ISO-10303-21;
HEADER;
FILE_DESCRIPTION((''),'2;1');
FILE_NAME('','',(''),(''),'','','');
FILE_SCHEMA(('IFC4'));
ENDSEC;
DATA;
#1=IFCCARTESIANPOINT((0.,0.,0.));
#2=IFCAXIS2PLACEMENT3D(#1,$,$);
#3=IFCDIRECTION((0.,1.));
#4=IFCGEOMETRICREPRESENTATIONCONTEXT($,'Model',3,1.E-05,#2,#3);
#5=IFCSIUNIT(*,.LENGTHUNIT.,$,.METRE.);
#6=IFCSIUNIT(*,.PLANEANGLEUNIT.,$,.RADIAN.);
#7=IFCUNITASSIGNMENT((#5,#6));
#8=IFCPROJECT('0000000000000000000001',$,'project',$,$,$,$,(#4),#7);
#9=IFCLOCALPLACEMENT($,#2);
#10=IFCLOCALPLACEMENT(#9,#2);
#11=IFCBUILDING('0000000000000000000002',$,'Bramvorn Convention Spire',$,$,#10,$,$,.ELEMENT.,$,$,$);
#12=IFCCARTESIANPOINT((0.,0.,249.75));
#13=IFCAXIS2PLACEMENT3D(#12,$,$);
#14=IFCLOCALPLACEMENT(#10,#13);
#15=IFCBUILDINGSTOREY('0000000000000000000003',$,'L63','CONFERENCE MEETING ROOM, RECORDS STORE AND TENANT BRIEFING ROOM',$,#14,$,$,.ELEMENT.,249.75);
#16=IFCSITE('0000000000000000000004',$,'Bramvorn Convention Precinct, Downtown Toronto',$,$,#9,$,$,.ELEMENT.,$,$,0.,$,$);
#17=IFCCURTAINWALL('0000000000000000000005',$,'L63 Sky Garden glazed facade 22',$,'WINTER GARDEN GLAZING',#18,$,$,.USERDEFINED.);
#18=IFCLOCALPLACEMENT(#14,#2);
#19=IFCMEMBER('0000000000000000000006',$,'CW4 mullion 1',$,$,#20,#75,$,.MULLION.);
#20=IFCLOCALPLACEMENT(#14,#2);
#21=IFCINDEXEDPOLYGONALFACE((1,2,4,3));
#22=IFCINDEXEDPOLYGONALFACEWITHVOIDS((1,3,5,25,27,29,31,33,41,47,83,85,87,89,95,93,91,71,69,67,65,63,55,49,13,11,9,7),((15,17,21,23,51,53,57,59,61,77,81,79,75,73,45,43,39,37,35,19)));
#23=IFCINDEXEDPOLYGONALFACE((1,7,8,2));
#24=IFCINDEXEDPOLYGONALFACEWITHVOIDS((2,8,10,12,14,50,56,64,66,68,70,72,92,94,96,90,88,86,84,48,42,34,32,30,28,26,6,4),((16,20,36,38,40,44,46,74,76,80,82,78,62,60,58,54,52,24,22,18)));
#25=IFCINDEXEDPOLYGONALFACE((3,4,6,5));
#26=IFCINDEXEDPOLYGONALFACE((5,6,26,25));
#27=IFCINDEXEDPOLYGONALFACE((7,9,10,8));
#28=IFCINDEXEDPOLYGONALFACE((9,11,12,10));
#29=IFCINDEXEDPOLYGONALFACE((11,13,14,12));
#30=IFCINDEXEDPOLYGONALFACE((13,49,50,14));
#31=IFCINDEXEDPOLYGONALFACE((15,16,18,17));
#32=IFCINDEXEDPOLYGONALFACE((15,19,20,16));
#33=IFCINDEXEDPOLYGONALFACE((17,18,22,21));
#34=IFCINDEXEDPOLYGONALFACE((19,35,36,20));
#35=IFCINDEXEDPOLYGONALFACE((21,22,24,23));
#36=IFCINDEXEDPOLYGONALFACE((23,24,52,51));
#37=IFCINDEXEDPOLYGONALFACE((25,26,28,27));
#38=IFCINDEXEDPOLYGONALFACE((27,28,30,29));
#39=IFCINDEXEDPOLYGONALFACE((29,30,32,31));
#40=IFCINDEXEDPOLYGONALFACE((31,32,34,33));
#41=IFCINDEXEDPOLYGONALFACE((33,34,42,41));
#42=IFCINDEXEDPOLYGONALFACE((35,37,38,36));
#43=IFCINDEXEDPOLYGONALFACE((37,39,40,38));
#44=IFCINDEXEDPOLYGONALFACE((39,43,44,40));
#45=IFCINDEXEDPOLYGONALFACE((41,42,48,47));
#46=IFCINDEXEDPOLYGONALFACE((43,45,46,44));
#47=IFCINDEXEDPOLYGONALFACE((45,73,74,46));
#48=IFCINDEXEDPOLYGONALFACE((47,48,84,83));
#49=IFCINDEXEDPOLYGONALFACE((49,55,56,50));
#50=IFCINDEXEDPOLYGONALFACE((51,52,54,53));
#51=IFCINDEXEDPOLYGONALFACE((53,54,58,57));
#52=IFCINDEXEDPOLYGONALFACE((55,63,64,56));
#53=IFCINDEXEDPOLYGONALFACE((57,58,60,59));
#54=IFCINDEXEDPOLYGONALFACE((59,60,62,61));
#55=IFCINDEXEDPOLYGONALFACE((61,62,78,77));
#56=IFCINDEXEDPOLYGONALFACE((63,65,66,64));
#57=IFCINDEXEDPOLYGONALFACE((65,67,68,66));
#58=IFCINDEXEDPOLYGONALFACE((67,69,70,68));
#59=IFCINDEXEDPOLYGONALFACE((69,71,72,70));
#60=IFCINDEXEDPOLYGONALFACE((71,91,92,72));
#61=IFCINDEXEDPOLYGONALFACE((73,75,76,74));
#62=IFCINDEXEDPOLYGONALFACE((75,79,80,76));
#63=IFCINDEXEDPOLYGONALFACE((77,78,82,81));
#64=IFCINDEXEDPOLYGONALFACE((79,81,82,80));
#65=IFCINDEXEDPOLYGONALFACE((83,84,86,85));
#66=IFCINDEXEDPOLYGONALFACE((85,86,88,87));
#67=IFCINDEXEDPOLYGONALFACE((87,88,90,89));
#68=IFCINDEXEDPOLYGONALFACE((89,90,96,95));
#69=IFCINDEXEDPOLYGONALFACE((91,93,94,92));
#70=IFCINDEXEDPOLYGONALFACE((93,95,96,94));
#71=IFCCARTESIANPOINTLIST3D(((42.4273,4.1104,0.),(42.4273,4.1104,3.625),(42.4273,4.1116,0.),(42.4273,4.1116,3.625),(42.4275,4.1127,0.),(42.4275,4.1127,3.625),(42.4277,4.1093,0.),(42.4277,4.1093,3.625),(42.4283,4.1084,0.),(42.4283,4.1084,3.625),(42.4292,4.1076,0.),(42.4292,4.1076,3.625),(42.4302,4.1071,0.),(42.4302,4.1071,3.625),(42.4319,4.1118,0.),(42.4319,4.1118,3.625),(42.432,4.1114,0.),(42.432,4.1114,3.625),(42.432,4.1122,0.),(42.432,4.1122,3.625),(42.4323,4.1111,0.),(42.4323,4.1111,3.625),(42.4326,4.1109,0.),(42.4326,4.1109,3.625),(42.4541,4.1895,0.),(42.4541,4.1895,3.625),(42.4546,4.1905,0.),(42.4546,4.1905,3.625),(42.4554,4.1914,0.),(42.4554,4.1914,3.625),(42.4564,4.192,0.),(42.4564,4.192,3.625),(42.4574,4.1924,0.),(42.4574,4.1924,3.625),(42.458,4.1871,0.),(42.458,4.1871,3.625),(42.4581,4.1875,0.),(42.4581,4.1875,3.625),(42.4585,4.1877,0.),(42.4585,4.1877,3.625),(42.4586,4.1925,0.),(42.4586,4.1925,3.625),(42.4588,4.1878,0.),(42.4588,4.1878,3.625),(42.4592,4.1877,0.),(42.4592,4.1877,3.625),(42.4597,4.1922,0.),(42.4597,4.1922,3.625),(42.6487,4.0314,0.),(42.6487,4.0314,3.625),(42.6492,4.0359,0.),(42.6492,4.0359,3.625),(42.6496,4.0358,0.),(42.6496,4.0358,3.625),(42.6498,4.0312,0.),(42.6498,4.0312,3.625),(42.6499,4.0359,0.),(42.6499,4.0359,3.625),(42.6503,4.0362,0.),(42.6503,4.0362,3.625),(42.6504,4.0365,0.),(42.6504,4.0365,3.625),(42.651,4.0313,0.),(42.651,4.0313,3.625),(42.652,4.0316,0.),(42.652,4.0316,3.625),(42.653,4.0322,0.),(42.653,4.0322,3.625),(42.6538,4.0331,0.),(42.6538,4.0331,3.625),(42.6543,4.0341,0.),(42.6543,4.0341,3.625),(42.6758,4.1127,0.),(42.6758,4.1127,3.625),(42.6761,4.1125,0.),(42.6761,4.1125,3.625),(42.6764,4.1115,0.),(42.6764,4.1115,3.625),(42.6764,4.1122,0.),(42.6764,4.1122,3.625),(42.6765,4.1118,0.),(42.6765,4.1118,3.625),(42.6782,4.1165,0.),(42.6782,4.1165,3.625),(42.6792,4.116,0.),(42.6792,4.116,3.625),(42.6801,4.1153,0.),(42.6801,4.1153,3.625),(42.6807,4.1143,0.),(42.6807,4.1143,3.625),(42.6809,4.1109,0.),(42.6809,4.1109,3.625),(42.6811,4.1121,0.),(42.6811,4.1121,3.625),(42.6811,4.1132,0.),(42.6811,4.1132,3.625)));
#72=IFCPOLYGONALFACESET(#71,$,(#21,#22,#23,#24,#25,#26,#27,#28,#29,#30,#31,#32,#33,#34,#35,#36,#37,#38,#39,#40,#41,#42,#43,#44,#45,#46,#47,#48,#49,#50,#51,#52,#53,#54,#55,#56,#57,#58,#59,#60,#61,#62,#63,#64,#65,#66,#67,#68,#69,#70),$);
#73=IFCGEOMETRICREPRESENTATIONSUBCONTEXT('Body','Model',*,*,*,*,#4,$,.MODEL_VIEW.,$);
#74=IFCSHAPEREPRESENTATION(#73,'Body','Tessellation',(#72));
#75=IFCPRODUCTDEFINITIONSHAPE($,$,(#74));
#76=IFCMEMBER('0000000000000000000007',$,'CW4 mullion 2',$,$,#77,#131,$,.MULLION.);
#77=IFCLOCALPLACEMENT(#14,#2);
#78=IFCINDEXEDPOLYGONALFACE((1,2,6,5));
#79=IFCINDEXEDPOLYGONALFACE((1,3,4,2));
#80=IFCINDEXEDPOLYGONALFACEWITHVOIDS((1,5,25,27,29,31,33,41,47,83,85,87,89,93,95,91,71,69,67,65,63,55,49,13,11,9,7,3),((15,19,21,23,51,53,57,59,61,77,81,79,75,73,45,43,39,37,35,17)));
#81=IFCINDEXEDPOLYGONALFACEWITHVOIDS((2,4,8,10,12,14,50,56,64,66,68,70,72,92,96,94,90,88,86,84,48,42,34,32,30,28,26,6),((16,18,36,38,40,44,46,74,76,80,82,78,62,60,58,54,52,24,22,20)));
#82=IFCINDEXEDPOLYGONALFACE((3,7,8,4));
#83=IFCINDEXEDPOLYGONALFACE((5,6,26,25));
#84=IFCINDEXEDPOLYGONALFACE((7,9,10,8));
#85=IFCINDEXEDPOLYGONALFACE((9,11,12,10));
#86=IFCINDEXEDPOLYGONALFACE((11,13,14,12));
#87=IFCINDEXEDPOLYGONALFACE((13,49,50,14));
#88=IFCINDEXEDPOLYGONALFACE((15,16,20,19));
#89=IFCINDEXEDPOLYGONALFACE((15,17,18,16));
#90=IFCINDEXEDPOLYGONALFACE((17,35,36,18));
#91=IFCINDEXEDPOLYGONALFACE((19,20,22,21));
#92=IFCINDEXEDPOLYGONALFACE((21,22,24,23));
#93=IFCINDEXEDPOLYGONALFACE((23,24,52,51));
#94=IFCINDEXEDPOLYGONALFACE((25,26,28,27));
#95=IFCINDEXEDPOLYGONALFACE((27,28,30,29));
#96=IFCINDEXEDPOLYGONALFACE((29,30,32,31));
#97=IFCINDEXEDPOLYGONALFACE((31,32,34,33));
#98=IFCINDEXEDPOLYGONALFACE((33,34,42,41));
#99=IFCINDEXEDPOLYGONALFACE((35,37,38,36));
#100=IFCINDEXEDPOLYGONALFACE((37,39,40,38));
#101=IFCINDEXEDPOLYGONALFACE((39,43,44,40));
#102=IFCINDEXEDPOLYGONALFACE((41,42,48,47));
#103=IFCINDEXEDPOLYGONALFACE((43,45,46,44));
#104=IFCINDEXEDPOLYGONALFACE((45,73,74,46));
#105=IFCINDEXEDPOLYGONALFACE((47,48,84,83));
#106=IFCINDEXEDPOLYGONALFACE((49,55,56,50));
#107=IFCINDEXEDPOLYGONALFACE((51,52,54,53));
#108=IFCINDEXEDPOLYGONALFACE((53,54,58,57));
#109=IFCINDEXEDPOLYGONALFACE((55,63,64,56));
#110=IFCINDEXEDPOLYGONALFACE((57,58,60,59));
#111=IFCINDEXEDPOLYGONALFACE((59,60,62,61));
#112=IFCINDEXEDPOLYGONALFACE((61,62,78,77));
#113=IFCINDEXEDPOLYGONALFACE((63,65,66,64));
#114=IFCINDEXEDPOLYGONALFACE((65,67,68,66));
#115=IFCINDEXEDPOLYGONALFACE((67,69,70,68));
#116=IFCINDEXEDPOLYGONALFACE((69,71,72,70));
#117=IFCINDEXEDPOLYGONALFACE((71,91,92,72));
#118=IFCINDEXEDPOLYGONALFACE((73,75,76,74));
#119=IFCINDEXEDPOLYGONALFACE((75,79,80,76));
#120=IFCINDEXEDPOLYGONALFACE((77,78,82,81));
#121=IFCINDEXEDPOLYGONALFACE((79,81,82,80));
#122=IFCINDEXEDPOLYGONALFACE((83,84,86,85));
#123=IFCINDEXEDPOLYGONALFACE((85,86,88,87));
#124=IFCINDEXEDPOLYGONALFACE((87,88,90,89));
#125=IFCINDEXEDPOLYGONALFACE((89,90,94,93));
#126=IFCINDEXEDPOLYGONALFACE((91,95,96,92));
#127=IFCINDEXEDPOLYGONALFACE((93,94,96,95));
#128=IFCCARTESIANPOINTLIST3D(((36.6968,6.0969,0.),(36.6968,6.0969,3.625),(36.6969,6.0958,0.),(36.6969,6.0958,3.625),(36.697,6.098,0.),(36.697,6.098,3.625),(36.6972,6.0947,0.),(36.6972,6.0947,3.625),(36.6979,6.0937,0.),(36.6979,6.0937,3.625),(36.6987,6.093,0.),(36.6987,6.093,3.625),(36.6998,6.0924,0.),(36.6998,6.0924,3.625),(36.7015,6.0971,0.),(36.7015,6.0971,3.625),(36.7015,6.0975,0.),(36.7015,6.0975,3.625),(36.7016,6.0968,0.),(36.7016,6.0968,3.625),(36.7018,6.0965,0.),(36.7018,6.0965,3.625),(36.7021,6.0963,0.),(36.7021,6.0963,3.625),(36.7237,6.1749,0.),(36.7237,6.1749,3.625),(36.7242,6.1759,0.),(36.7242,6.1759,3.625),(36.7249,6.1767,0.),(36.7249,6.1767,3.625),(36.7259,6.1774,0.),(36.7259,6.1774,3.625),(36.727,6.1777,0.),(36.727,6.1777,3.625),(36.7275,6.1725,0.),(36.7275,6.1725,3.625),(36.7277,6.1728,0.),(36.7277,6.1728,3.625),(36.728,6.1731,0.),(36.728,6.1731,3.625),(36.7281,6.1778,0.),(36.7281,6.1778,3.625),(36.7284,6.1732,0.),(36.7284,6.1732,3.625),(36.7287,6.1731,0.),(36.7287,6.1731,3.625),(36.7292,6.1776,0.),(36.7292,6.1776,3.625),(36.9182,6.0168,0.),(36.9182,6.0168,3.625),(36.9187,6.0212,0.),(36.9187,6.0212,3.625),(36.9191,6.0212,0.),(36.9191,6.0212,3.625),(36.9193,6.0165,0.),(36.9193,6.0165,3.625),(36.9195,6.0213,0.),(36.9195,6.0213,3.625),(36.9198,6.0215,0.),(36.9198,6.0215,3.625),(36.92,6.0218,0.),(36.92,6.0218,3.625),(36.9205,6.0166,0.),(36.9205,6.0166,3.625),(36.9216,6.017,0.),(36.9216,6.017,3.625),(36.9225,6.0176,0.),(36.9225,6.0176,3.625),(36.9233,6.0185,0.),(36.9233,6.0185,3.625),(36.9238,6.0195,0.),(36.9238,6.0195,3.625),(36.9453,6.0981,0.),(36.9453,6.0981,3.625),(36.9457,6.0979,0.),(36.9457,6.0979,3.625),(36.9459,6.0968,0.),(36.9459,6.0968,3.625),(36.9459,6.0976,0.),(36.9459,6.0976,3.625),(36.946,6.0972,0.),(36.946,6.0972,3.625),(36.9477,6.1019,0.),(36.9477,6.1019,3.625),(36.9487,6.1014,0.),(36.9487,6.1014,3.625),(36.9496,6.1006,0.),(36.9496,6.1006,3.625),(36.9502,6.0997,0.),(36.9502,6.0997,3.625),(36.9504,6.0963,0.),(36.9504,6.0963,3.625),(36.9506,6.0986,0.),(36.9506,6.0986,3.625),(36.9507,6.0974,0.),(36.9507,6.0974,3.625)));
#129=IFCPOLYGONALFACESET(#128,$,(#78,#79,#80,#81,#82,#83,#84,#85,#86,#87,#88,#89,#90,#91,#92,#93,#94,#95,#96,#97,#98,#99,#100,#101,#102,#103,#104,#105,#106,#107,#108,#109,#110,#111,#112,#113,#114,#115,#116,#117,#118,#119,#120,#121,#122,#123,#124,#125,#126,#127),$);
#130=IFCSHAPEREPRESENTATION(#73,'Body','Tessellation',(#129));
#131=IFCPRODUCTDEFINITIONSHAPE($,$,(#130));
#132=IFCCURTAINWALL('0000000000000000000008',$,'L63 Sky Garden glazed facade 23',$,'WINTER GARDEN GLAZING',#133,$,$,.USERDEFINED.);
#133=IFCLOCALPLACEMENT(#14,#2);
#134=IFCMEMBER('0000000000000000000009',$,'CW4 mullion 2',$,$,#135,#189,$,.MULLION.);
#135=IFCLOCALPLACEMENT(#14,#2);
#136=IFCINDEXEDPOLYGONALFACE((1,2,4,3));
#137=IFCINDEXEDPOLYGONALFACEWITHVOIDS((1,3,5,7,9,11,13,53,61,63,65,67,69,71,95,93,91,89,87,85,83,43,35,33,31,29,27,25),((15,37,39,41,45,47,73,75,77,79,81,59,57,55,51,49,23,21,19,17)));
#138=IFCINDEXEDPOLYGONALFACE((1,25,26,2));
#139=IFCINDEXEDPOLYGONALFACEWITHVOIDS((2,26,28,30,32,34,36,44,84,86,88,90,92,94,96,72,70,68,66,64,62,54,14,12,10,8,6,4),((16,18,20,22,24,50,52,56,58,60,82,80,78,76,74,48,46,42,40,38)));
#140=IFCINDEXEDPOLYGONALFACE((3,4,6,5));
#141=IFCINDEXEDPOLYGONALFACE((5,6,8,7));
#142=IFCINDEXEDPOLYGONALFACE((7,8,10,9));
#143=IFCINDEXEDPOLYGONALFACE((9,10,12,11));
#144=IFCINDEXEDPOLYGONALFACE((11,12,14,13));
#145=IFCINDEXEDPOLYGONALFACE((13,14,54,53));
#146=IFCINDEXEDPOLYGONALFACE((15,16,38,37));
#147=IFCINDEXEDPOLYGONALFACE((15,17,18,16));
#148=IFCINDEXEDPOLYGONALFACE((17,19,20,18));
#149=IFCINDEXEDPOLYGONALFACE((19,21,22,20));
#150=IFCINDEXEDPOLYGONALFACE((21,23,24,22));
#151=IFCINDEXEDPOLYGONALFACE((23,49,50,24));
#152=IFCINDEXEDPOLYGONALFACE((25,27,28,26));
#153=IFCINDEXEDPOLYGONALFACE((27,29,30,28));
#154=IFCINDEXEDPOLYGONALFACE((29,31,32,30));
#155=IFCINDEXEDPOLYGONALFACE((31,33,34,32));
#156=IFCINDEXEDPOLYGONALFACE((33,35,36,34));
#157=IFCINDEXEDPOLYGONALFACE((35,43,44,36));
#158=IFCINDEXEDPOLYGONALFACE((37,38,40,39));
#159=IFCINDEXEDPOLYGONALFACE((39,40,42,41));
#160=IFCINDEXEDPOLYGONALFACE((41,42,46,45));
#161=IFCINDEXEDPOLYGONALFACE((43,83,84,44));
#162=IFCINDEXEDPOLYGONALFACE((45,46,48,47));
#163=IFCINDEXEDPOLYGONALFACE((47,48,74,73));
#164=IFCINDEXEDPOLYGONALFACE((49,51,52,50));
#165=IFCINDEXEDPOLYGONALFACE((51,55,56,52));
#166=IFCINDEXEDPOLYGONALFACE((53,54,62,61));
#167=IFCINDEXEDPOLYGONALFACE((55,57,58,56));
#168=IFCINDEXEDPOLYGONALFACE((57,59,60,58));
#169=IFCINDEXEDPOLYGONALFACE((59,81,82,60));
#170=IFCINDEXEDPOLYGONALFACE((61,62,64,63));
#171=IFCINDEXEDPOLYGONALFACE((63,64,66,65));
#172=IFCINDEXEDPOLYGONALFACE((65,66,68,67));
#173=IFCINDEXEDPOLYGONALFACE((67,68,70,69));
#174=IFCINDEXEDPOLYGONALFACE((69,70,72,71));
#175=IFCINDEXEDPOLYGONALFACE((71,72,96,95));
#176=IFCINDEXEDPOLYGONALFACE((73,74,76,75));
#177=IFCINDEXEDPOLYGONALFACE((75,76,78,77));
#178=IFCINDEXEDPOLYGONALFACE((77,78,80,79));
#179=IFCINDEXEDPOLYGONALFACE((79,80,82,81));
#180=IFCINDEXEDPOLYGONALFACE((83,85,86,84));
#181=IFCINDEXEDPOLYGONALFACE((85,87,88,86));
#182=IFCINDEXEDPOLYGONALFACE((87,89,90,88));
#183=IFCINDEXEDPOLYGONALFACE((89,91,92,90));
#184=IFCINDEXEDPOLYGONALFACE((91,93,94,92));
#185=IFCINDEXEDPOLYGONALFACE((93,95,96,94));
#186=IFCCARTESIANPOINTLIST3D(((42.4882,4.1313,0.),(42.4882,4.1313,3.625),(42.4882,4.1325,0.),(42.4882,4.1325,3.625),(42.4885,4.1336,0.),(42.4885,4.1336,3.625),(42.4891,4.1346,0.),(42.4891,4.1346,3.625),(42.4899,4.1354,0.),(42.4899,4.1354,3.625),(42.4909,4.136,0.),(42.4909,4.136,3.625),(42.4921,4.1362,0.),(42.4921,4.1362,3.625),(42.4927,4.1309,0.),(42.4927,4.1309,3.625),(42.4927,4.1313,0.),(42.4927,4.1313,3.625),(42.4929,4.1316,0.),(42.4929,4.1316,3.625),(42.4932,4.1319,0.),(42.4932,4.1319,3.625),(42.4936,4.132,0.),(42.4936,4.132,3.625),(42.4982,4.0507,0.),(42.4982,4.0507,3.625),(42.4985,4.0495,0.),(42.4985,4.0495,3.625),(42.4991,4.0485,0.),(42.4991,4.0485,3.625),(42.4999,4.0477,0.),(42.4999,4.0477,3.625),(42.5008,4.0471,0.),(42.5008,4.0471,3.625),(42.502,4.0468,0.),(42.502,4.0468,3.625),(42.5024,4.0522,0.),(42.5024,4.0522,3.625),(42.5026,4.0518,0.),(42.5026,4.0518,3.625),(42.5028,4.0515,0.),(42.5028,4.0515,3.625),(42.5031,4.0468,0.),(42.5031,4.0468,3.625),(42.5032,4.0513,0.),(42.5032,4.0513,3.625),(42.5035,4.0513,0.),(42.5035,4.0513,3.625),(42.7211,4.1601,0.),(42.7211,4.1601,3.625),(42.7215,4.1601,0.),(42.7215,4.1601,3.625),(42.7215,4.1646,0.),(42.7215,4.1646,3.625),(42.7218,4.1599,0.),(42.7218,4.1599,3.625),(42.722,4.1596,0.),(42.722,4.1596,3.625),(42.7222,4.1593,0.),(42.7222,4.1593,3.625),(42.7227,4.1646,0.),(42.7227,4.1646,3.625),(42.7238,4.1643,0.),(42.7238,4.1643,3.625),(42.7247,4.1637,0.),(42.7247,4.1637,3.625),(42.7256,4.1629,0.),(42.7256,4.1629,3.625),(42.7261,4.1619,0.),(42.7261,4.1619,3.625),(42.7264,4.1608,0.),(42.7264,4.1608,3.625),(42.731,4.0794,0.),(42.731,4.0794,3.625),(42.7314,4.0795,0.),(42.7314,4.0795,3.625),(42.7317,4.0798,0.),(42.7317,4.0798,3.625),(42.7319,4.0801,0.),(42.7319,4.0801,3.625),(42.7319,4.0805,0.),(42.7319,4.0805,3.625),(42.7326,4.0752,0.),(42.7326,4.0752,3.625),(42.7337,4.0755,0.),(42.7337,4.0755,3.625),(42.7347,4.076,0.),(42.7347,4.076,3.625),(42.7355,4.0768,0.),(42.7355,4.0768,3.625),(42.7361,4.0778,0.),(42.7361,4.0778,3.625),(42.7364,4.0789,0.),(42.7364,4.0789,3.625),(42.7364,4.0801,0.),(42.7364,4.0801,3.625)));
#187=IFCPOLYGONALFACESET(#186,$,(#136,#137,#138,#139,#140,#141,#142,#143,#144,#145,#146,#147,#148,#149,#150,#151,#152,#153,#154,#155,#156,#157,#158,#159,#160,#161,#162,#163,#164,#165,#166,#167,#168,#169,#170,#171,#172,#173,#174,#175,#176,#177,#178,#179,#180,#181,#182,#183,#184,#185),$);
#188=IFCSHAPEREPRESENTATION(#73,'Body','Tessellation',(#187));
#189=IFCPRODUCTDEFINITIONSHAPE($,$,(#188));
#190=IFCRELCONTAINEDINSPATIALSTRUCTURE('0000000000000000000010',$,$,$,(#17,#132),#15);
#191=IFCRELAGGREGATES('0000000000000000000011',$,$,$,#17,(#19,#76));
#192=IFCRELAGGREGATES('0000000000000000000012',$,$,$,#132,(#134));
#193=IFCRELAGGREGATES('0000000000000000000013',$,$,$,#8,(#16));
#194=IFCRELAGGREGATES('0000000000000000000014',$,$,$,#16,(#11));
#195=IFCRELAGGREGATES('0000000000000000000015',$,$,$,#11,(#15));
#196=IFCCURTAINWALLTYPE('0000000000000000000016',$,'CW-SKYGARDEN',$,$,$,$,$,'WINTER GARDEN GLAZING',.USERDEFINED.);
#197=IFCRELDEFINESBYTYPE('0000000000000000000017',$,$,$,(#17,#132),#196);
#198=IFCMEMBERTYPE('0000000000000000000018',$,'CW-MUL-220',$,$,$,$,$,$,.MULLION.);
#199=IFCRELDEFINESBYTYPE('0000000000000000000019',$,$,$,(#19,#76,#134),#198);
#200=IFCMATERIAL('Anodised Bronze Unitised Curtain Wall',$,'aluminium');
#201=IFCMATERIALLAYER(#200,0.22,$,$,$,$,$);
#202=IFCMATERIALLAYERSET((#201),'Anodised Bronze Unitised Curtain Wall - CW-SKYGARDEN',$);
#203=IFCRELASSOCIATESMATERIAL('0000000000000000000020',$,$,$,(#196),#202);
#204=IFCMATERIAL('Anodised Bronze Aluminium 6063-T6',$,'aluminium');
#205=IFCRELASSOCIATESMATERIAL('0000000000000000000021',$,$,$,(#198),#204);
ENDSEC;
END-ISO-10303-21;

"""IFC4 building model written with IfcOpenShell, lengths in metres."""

from ifc_helpers import new_model, si_unit, direction, frame, origin, origin_2d, place, context, subcontext, project, spatial, hollow_rectangle, extrude, material, layer, layer_set, material_profile, profile_set, type_object, element, aggregate, save


model = new_model("IFC4")

# Units and contexts
model_context = context("Model", 3, precision=1e-05, world=origin(), true_north=direction((0.0, 1.0)))
body_context = subcontext(model_context, "Body", "Model", "MODEL_VIEW")
ifc_project = project(units=[si_unit("LENGTHUNIT", "METRE"), si_unit("PLANEANGLEUNIT", "RADIAN")], contexts=[model_context])

# Site, building, storey
site_placement = place(None, origin())
site = spatial("IfcSite", under=ifc_project, at=site_placement, Name="Bramvorn Convention Precinct, Downtown Toronto", CompositionType="ELEMENT", RefElevation=0.0)
building_placement = place(site_placement, origin())
building = spatial("IfcBuilding", under=site, at=building_placement, Name="Bramvorn Convention Spire", CompositionType="ELEMENT")
storey_placement = place(building_placement, frame((0.0, 0.0, 249.75)))
storey = spatial("IfcBuildingStorey", under=building, at=storey_placement, Name="L63", Description="CONFERENCE MEETING ROOM, RECORDS STORE AND TENANT BRIEFING ROOM", CompositionType="ELEMENT", Elevation=249.75)

# Shared definitions
ifc_material_1 = material(Name="Anodised Bronze Unitised Curtain Wall", Category="aluminium")
ifc_layer_1 = layer(ifc_material_1, 0.22)
ifc_layer_set_1 = layer_set([ifc_layer_1], Name="Anodised Bronze Unitised Curtain Wall - CW-SKYGARDEN")
curtain_wall_type = type_object("IfcCurtainWallType", Name="CW-SKYGARDEN", ElementType="WINTER GARDEN GLAZING", PredefinedType="USERDEFINED", material=ifc_layer_set_1)
ifc_material_2 = material(Name="Anodised Bronze Aluminium 6063-T6", Category="aluminium")
ifc_material_profile_1 = material_profile(ifc_material_2, hollow_rectangle(XDim=0.0901, YDim=0.24, WallThickness=0.0044, InnerFilletRadius=0.001, OuterFilletRadius=0.0044, at=origin_2d()))
ifc_profile_set_1 = profile_set([ifc_material_profile_1], Name="Anodised Bronze Aluminium 6063-T6 - CWM90X240")
member_type_1 = type_object("IfcMemberType", Name="CW-MUL-220", PredefinedType="MULLION", material=ifc_profile_set_1)

# Curtain wall, members
curtain_wall_1_placement = place(storey_placement, origin())
curtain_wall_1 = element("IfcCurtainWall", 1, at=curtain_wall_1_placement, inside=storey, type_object=curtain_wall_type, Name="L63 Sky Garden glazed facade 22", ObjectType="WINTER GARDEN GLAZING", PredefinedType="USERDEFINED")
member_1_placement = place(storey_placement, frame((42.5542, 4.1118, 0.0), z_axis=(0.0, 0.0, 1.0), x_axis=(-0.327344, -0.944905, 0.0)))
member_1 = element("IfcMember", 2, at=member_1_placement, type_object=member_type_1, Name="CW4 mullion 1", PredefinedType="MULLION", context=body_context, shape_type="SweptSolid", body=[
    extrude(hollow_rectangle(XDim=0.0901, YDim=0.24, WallThickness=0.0044, InnerFilletRadius=0.001, OuterFilletRadius=0.0044, at=origin_2d()), origin(), (0.0, 0.0, 1.0), 3.625),
])
member_2_placement = place(storey_placement, frame((36.8237, 6.0972, 0.0), z_axis=(0.0, 0.0, 1.0), x_axis=(-0.327344, -0.944905, 0.0)))
member_2 = element("IfcMember", 3, at=member_2_placement, type_object=member_type_1, Name="CW4 mullion 2", PredefinedType="MULLION", context=body_context, shape_type="SweptSolid", body=[
    extrude(hollow_rectangle(XDim=0.0901, YDim=0.24, WallThickness=0.0044, InnerFilletRadius=0.001, OuterFilletRadius=0.0044, at=origin_2d()), origin(), (0.0, 0.0, 1.0), 3.625),
])

# Curtain wall, member
curtain_wall_2_placement = place(storey_placement, origin())
curtain_wall_2 = element("IfcCurtainWall", 4, at=curtain_wall_2_placement, inside=storey, type_object=curtain_wall_type, Name="L63 Sky Garden glazed facade 23", ObjectType="WINTER GARDEN GLAZING", PredefinedType="USERDEFINED")
member_3_placement = place(storey_placement, frame((42.6123, 4.1057, 0.0), z_axis=(0.0, 0.0, 1.0), x_axis=(0.122644, -0.992451, 0.0)))
member_3 = element("IfcMember", 5, at=member_3_placement, type_object=member_type_1, Name="CW4 mullion 2", PredefinedType="MULLION", context=body_context, shape_type="SweptSolid", body=[
    extrude(hollow_rectangle(XDim=0.0901, YDim=0.24, WallThickness=0.0044, InnerFilletRadius=0.001, OuterFilletRadius=0.0044, at=origin_2d()), origin(), (0.0, 0.0, 1.0), 3.625),
])

aggregate(curtain_wall_1, [member_1, member_2])
aggregate(curtain_wall_2, [member_3])

save(model, "model.ifc")
